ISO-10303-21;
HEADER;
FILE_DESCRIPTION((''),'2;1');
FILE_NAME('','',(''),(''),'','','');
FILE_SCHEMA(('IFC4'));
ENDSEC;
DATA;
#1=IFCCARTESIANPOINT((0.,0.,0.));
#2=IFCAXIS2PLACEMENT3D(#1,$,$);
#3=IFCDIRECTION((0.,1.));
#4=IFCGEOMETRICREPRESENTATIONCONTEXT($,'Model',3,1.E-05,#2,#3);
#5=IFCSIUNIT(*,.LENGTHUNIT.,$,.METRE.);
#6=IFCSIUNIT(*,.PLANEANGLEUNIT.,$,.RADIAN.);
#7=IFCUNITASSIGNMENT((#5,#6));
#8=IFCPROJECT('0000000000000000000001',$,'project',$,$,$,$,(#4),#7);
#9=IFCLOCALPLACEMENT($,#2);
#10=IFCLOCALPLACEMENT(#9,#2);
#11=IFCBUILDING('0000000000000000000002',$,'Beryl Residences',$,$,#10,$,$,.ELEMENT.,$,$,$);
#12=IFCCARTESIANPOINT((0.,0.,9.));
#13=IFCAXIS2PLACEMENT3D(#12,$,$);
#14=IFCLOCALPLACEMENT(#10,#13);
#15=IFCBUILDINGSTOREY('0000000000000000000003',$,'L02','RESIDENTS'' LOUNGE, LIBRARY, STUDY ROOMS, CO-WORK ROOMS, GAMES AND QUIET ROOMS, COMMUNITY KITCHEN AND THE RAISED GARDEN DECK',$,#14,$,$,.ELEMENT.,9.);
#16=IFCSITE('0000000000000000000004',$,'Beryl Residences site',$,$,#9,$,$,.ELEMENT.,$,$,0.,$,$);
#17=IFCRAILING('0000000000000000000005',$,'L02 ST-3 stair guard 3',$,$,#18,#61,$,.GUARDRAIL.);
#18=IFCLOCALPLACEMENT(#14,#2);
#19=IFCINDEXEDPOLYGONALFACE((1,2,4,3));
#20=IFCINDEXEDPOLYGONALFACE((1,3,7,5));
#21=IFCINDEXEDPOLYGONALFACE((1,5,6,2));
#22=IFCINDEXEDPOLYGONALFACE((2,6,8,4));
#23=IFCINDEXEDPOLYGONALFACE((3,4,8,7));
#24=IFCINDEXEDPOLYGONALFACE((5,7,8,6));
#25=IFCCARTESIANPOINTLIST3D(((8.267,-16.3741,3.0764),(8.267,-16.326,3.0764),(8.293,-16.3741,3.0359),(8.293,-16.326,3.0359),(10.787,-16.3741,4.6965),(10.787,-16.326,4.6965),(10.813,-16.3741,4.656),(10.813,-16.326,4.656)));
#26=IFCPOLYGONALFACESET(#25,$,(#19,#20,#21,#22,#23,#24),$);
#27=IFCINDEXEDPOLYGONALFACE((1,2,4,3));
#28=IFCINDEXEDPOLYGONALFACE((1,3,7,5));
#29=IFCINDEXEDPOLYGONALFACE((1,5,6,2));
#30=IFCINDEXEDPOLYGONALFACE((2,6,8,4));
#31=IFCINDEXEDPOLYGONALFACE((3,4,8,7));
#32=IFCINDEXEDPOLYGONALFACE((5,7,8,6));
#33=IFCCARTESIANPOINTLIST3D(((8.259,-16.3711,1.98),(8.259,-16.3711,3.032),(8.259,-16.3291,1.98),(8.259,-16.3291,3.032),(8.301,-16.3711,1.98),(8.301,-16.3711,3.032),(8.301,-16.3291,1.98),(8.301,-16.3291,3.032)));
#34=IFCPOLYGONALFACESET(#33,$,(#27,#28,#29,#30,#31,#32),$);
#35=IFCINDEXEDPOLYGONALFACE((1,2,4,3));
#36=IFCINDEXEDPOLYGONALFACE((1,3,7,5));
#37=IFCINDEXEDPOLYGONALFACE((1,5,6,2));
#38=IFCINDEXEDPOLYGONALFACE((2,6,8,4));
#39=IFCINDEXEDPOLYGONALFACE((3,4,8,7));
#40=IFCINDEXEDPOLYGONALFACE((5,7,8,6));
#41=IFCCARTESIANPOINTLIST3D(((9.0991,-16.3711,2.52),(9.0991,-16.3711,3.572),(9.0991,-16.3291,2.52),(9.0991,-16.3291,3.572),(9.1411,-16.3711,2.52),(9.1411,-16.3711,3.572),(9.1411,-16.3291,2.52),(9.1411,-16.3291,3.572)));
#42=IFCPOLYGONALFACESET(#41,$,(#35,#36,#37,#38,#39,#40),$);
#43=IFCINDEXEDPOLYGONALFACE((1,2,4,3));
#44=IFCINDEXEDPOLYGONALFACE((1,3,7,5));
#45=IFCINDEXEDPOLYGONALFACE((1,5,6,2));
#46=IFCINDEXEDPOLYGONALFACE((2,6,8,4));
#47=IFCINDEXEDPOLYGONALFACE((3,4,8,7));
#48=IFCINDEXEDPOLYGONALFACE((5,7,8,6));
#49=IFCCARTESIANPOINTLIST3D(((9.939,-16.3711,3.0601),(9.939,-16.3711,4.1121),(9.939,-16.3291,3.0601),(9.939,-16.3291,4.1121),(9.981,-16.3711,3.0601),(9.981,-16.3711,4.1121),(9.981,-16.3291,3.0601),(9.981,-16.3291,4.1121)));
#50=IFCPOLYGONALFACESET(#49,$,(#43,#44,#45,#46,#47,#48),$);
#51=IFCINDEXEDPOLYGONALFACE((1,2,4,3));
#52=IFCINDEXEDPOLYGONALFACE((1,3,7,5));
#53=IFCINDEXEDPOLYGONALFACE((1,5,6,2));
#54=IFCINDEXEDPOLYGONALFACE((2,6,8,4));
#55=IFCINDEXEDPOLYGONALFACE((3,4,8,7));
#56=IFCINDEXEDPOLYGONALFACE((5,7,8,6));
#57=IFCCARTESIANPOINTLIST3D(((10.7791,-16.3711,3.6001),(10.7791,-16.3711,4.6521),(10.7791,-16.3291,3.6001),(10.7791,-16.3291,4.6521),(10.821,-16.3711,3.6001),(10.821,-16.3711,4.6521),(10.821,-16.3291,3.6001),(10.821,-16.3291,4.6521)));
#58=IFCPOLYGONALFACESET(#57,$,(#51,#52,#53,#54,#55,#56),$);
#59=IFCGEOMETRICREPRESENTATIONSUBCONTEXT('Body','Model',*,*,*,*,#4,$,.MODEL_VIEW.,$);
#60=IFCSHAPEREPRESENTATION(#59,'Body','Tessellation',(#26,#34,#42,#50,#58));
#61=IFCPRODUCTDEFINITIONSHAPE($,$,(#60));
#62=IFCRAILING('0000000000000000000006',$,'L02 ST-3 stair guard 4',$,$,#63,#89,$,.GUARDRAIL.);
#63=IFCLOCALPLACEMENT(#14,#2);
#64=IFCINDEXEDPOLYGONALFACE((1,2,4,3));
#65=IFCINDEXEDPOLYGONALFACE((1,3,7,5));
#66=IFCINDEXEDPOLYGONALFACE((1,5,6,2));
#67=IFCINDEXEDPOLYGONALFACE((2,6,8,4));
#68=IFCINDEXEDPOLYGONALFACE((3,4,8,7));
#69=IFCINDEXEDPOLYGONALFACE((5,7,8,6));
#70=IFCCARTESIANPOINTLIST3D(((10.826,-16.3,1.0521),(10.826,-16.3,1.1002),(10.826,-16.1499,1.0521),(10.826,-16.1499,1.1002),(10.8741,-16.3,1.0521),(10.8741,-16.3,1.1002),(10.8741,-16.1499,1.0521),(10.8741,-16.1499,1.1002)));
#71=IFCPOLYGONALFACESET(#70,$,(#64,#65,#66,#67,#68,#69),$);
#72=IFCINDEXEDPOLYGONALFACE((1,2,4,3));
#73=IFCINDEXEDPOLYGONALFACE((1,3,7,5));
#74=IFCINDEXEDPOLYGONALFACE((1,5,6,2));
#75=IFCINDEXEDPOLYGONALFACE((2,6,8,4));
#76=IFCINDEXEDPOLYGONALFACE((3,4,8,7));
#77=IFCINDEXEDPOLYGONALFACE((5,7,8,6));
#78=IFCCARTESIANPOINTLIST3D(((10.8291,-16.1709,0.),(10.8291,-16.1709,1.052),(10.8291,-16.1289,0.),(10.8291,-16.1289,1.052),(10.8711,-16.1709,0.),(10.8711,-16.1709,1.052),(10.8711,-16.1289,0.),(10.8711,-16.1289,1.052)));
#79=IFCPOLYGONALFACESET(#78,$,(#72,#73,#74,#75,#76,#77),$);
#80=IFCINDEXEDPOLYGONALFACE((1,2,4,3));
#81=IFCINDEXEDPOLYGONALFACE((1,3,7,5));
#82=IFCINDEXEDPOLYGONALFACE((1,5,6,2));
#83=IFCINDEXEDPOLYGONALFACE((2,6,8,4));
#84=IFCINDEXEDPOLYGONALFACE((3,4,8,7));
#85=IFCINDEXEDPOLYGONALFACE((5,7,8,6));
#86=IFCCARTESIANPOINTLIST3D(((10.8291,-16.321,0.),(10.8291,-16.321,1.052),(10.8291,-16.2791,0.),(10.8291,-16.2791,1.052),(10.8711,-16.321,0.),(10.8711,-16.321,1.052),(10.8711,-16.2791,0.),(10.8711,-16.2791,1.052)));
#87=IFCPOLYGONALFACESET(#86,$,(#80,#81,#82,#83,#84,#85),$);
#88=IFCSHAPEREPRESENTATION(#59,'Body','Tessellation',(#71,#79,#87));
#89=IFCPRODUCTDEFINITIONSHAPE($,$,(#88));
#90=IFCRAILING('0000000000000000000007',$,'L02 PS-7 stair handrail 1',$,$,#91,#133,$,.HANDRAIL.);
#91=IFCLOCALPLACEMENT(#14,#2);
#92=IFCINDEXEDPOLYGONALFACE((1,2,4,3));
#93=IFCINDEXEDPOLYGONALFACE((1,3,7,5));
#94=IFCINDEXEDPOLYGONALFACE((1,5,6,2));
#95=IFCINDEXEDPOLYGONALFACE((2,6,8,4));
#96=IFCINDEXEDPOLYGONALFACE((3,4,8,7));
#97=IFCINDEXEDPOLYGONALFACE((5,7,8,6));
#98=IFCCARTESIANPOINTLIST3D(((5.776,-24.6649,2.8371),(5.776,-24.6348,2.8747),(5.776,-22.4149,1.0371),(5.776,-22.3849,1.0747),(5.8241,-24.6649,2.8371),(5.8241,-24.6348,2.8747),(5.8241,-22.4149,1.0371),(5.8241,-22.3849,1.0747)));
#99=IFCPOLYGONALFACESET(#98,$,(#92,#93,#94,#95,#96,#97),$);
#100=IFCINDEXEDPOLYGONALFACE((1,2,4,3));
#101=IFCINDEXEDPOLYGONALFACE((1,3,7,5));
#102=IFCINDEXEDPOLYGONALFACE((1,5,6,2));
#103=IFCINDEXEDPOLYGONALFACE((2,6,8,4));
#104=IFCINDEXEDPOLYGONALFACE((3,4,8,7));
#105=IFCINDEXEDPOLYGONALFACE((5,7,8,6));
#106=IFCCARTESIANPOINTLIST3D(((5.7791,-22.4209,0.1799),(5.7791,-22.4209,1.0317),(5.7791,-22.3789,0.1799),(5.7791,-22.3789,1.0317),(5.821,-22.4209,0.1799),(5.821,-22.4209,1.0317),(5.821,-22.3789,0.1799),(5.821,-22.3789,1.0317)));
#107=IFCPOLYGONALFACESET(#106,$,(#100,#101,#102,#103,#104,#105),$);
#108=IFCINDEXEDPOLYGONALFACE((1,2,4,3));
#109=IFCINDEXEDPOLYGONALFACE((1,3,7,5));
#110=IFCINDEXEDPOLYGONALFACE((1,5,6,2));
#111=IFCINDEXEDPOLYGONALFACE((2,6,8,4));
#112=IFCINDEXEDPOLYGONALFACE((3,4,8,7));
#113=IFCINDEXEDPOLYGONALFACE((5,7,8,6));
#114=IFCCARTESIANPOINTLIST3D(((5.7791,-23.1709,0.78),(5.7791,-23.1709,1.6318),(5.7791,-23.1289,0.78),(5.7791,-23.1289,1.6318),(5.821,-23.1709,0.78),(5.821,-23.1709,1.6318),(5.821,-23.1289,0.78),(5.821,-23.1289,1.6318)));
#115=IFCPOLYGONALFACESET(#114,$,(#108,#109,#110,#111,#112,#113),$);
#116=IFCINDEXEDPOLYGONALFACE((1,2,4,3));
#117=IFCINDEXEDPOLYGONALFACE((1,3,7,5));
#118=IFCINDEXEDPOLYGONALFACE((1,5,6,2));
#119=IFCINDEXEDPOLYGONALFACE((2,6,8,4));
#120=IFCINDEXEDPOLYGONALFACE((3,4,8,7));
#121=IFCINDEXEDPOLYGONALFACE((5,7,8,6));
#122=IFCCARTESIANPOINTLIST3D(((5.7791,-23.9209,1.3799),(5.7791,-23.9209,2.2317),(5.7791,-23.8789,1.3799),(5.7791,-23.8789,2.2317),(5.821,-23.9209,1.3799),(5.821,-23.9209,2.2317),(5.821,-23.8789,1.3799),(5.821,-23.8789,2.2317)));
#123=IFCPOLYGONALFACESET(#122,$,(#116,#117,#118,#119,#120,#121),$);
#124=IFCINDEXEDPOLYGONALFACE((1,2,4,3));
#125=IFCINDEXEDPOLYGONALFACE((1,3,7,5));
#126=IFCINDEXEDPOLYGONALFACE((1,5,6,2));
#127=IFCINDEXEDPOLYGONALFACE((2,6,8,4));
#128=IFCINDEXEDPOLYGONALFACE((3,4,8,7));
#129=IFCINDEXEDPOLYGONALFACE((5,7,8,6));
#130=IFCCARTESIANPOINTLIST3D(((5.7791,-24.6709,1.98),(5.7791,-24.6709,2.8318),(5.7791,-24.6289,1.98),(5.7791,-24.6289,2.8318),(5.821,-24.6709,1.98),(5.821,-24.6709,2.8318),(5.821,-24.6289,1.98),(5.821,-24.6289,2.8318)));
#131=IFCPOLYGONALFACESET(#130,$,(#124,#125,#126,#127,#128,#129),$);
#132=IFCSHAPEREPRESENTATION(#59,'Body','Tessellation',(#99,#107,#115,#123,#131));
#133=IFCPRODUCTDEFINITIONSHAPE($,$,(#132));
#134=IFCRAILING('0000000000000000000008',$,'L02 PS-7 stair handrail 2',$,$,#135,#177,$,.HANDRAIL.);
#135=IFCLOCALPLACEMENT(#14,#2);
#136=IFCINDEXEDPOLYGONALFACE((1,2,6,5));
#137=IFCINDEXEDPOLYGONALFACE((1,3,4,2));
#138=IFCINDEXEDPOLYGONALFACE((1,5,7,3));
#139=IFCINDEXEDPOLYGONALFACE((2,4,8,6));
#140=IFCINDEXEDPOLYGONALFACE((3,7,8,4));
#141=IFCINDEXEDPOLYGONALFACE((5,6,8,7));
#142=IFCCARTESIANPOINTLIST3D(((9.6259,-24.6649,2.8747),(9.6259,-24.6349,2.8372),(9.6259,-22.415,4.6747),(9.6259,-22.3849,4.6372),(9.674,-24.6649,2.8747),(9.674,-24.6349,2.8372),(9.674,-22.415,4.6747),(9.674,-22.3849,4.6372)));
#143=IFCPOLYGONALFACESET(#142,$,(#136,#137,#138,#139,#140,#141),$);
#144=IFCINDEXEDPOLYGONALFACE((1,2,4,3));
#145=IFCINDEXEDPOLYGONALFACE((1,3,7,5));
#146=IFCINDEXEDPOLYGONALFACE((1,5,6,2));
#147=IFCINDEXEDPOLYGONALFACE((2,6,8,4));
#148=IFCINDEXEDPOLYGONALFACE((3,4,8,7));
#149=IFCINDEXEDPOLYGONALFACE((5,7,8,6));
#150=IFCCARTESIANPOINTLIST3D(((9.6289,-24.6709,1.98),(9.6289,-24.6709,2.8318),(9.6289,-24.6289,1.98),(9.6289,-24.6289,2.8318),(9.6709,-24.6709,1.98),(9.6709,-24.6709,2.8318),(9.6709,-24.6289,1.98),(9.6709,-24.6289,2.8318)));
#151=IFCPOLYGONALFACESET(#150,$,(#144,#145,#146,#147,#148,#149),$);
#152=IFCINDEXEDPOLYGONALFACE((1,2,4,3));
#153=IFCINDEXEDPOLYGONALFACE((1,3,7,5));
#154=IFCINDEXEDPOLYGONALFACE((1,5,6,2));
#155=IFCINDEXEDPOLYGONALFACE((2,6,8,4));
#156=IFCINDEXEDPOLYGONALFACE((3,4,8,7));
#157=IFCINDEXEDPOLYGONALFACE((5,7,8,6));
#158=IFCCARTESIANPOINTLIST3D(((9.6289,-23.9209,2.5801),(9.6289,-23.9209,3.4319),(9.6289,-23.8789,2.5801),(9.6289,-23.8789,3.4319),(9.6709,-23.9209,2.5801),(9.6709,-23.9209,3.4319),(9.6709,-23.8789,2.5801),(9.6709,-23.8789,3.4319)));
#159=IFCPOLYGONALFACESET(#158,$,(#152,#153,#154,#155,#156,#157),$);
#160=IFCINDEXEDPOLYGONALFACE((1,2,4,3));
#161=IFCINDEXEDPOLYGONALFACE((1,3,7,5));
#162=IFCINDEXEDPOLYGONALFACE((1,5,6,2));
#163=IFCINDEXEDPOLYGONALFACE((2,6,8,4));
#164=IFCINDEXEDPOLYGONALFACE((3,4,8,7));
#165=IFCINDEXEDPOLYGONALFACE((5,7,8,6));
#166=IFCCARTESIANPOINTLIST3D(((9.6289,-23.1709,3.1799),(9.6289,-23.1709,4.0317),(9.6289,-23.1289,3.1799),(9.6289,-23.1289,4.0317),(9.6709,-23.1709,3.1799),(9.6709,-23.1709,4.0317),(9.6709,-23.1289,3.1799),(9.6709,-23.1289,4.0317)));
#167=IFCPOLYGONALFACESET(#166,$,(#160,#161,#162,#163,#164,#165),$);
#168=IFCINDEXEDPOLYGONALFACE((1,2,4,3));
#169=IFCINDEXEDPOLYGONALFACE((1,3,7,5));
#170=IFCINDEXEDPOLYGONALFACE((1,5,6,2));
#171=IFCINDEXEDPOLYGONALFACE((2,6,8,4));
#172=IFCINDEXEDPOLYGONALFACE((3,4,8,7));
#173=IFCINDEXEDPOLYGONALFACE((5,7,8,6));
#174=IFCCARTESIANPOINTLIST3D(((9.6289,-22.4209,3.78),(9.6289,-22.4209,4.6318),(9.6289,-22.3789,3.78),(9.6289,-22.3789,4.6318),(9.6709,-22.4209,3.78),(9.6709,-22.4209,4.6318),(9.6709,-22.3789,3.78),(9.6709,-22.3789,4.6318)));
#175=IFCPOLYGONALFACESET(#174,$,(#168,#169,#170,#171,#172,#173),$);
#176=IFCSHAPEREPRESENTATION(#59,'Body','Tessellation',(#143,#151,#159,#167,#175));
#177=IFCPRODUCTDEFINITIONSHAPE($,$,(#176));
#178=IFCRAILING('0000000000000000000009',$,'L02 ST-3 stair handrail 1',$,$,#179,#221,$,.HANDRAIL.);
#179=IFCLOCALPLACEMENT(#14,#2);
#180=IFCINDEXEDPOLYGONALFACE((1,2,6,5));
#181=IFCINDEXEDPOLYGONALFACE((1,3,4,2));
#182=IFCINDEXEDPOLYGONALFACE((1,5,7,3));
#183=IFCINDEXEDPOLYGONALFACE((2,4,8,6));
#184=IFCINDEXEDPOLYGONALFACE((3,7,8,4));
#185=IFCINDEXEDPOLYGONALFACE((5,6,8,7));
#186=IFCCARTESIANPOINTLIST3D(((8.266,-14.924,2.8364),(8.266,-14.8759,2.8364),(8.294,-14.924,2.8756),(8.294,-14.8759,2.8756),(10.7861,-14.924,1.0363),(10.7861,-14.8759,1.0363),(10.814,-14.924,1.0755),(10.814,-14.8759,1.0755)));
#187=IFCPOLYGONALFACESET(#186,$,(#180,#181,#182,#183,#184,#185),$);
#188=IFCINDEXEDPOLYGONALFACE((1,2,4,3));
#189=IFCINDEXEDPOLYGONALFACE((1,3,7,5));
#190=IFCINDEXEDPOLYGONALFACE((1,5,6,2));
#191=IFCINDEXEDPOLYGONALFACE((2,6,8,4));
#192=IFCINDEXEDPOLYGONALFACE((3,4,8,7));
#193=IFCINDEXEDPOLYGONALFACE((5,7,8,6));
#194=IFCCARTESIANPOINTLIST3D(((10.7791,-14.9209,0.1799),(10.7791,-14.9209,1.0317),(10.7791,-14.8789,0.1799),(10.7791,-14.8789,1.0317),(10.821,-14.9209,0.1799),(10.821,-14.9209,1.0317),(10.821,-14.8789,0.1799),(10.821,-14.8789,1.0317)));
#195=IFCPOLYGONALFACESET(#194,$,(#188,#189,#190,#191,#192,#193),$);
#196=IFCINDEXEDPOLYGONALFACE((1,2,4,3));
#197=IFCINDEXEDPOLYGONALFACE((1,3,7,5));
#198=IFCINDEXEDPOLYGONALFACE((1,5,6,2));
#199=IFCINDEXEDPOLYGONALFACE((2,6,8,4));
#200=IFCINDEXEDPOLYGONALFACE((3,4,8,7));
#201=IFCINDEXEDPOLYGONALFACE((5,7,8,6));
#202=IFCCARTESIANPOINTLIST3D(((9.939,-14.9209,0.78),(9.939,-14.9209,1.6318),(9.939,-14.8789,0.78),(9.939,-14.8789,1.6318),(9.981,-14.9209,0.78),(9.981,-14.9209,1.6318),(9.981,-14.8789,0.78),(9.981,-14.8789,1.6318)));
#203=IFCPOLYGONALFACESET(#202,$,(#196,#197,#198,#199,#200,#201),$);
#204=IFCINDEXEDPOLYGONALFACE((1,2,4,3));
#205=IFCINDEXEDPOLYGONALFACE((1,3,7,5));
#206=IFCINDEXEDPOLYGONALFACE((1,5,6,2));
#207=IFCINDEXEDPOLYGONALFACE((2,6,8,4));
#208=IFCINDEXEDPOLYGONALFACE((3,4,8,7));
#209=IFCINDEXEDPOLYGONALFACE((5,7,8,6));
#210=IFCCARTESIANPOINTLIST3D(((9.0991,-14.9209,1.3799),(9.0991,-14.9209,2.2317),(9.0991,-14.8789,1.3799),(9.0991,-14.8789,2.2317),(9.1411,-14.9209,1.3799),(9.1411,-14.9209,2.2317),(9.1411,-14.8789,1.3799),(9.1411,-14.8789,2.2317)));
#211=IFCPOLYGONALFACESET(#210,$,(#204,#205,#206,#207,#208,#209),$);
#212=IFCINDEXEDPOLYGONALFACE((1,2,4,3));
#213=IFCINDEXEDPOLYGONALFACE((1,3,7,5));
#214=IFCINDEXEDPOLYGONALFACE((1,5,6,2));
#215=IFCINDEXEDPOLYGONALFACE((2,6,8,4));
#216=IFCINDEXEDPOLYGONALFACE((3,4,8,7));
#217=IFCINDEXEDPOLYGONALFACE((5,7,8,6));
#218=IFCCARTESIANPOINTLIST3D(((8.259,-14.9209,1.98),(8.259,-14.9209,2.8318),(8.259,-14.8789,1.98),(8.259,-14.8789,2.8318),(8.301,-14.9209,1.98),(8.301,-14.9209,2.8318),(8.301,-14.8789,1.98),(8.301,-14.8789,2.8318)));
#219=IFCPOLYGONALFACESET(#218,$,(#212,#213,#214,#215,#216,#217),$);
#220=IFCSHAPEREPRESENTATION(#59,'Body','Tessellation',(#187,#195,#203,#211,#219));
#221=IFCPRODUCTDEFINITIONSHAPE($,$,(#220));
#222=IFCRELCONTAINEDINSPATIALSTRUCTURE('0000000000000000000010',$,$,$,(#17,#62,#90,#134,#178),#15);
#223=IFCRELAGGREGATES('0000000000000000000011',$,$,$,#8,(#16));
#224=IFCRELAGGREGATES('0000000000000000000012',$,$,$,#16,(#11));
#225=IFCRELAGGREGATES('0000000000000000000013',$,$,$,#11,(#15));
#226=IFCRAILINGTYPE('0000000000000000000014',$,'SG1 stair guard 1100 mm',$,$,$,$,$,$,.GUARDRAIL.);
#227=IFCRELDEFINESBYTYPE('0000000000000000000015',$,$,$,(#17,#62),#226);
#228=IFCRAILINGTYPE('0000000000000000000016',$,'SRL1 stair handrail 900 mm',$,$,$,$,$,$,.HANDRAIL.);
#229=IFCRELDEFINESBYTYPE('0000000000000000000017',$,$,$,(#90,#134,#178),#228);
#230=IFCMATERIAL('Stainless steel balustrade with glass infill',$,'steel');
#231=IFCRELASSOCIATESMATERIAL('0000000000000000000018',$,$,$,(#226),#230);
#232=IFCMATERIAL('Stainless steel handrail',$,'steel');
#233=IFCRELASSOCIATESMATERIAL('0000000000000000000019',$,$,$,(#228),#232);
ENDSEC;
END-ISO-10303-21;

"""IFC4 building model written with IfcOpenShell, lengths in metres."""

from ifc_helpers import new_model, si_unit, direction, frame, origin, origin_2d, place, context, subcontext, project, spatial, rectangle, extrude, material, type_object, element, save


model = new_model("IFC4")

# Units and contexts
model_context = context("Model", 3, precision=1e-05, world=origin(), true_north=direction((0.0, 1.0)))
body_context = subcontext(model_context, "Body", "Model", "MODEL_VIEW")
ifc_project = project(units=[si_unit("LENGTHUNIT", "METRE"), si_unit("PLANEANGLEUNIT", "RADIAN")], contexts=[model_context])

# Site, building, storey
site_placement = place(None, origin())
site = spatial("IfcSite", under=ifc_project, at=site_placement, Name="Beryl Residences site", CompositionType="ELEMENT", RefElevation=0.0)
building_placement = place(site_placement, origin())
building = spatial("IfcBuilding", under=site, at=building_placement, Name="Beryl Residences", CompositionType="ELEMENT")
storey_placement = place(building_placement, frame((0.0, 0.0, 9.0)))
storey = spatial("IfcBuildingStorey", under=building, at=storey_placement, Name="L02", Description="RESIDENTS' LOUNGE, LIBRARY, STUDY ROOMS, CO-WORK ROOMS, GAMES AND QUIET ROOMS, COMMUNITY KITCHEN AND THE RAISED GARDEN DECK", CompositionType="ELEMENT", Elevation=9.0)

# Railings
ifc_material_1 = material(Name="Stainless steel balustrade with glass infill", Category="steel")
railing_type_1 = type_object("IfcRailingType", Name="SG1 stair guard 1100 mm", PredefinedType="GUARDRAIL", material=ifc_material_1)
railing_1_placement = place(storey_placement, frame((8.28, -16.3501, 1.98)))
element("IfcRailing", 1, at=railing_1_placement, inside=storey, type_object=railing_type_1, Name="L02 ST-3 stair guard 3", PredefinedType="GUARDRAIL", context=body_context, shape_type="SweptSolid", body=[
    extrude(rectangle(XDim=0.0481, YDim=0.0481, at=origin_2d()), frame((0.0, 0.0, 1.0762), z_axis=(0.841163, 0.0, 0.540782), x_axis=(0.0, 1.0, 0.0)), (0.0, 0.0, 1.0), 2.9958),
    extrude(rectangle(XDim=0.042, YDim=0.042, at=origin_2d()), origin(), (0.0, 0.0, 1.0), 1.052),
    extrude(rectangle(XDim=0.042, YDim=0.042, at=origin_2d()), frame((0.8401, 0.0, 0.54)), (0.0, 0.0, 1.0), 1.052),
    extrude(rectangle(XDim=0.042, YDim=0.042, at=origin_2d()), frame((1.6799, 0.0, 1.0801)), (0.0, 0.0, 1.0), 1.052),
    extrude(rectangle(XDim=0.042, YDim=0.042, at=origin_2d()), frame((2.52, 0.0, 1.6201)), (0.0, 0.0, 1.0), 1.052),
])
railing_2_placement = place(storey_placement, frame((10.8501, -16.1499, 0.0)))
element("IfcRailing", 2, at=railing_2_placement, inside=storey, type_object=railing_type_1, Name="L02 ST-3 stair guard 4", PredefinedType="GUARDRAIL", context=body_context, shape_type="SweptSolid", body=[
    extrude(rectangle(XDim=0.0481, YDim=0.0481, at=origin_2d()), frame((0.0, 0.0, 1.0762), z_axis=(0.0, -1.0, 0.0), x_axis=(1.0, 0.0, 0.0)), (0.0, 0.0, 1.0), 0.1501),
    extrude(rectangle(XDim=0.042, YDim=0.042, at=origin_2d()), origin(), (0.0, 0.0, 1.0), 1.052),
    extrude(rectangle(XDim=0.042, YDim=0.042, at=origin_2d()), frame((0.0, -0.1501, 0.0)), (0.0, 0.0, 1.0), 1.052),
])
ifc_material_2 = material(Name="Stainless steel handrail", Category="steel")
railing_type_2 = type_object("IfcRailingType", Name="SRL1 stair handrail 900 mm", PredefinedType="HANDRAIL", material=ifc_material_2)
railing_3_placement = place(storey_placement, frame((5.8, -22.3999, 0.1799)))
element("IfcRailing", 3, at=railing_3_placement, inside=storey, type_object=railing_type_2, Name="L02 PS-7 stair handrail 1", PredefinedType="HANDRAIL", context=body_context, shape_type="SweptSolid", body=[
    extrude(rectangle(XDim=0.0481, YDim=0.0481, at=origin_2d()), frame((0.0, 0.0, 0.876), z_axis=(0.0, -0.780861, 0.624705), x_axis=(1.0, 0.0, 0.0)), (0.0, 0.0, 1.0), 2.8813),
    extrude(rectangle(XDim=0.042, YDim=0.042, at=origin_2d()), origin(), (0.0, 0.0, 1.0), 0.8518),
    extrude(rectangle(XDim=0.042, YDim=0.042, at=origin_2d()), frame((0.0, -0.75, 0.6001)), (0.0, 0.0, 1.0), 0.8518),
    extrude(rectangle(XDim=0.042, YDim=0.042, at=origin_2d()), frame((0.0, -1.5, 1.2)), (0.0, 0.0, 1.0), 0.8518),
    extrude(rectangle(XDim=0.042, YDim=0.042, at=origin_2d()), frame((0.0, -2.25, 1.8)), (0.0, 0.0, 1.0), 0.8518),
])
railing_4_placement = place(storey_placement, frame((9.6499, -24.6499, 1.98)))
element("IfcRailing", 4, at=railing_4_placement, inside=storey, type_object=railing_type_2, Name="L02 PS-7 stair handrail 2", PredefinedType="HANDRAIL", context=body_context, shape_type="SweptSolid", body=[
    extrude(rectangle(XDim=0.0481, YDim=0.0481, at=origin_2d()), frame((0.0, 0.0, 0.876), z_axis=(0.0, 0.780861, 0.624705), x_axis=(-1.0, 0.0, 0.0)), (0.0, 0.0, 1.0), 2.8813),
    extrude(rectangle(XDim=0.042, YDim=0.042, at=origin_2d()), origin(), (0.0, 0.0, 1.0), 0.8518),
    extrude(rectangle(XDim=0.042, YDim=0.042, at=origin_2d()), frame((0.0, 0.75, 0.6001)), (0.0, 0.0, 1.0), 0.8518),
    extrude(rectangle(XDim=0.042, YDim=0.042, at=origin_2d()), frame((0.0, 1.5, 1.2)), (0.0, 0.0, 1.0), 0.8518),
    extrude(rectangle(XDim=0.042, YDim=0.042, at=origin_2d()), frame((0.0, 2.25, 1.8)), (0.0, 0.0, 1.0), 0.8518),
])
railing_5_placement = place(storey_placement, frame((10.8, -14.8999, 0.1799)))
element("IfcRailing", 5, at=railing_5_placement, inside=storey, type_object=railing_type_2, Name="L02 ST-3 stair handrail 1", PredefinedType="HANDRAIL", context=body_context, shape_type="SweptSolid", body=[
    extrude(rectangle(XDim=0.0481, YDim=0.0481, at=origin_2d()), frame((0.0, 0.0, 0.876), z_axis=(-0.813728, 0.0, 0.581246), x_axis=(0.0, -1.0, 0.0)), (0.0, 0.0, 1.0), 3.0969),
    extrude(rectangle(XDim=0.042, YDim=0.042, at=origin_2d()), origin(), (0.0, 0.0, 1.0), 0.8518),
    extrude(rectangle(XDim=0.042, YDim=0.042, at=origin_2d()), frame((-0.8401, 0.0, 0.6001)), (0.0, 0.0, 1.0), 0.8518),
    extrude(rectangle(XDim=0.042, YDim=0.042, at=origin_2d()), frame((-1.6799, 0.0, 1.2)), (0.0, 0.0, 1.0), 0.8518),
    extrude(rectangle(XDim=0.042, YDim=0.042, at=origin_2d()), frame((-2.52, 0.0, 1.8)), (0.0, 0.0, 1.0), 0.8518),
])

save(model, "model.ifc")
